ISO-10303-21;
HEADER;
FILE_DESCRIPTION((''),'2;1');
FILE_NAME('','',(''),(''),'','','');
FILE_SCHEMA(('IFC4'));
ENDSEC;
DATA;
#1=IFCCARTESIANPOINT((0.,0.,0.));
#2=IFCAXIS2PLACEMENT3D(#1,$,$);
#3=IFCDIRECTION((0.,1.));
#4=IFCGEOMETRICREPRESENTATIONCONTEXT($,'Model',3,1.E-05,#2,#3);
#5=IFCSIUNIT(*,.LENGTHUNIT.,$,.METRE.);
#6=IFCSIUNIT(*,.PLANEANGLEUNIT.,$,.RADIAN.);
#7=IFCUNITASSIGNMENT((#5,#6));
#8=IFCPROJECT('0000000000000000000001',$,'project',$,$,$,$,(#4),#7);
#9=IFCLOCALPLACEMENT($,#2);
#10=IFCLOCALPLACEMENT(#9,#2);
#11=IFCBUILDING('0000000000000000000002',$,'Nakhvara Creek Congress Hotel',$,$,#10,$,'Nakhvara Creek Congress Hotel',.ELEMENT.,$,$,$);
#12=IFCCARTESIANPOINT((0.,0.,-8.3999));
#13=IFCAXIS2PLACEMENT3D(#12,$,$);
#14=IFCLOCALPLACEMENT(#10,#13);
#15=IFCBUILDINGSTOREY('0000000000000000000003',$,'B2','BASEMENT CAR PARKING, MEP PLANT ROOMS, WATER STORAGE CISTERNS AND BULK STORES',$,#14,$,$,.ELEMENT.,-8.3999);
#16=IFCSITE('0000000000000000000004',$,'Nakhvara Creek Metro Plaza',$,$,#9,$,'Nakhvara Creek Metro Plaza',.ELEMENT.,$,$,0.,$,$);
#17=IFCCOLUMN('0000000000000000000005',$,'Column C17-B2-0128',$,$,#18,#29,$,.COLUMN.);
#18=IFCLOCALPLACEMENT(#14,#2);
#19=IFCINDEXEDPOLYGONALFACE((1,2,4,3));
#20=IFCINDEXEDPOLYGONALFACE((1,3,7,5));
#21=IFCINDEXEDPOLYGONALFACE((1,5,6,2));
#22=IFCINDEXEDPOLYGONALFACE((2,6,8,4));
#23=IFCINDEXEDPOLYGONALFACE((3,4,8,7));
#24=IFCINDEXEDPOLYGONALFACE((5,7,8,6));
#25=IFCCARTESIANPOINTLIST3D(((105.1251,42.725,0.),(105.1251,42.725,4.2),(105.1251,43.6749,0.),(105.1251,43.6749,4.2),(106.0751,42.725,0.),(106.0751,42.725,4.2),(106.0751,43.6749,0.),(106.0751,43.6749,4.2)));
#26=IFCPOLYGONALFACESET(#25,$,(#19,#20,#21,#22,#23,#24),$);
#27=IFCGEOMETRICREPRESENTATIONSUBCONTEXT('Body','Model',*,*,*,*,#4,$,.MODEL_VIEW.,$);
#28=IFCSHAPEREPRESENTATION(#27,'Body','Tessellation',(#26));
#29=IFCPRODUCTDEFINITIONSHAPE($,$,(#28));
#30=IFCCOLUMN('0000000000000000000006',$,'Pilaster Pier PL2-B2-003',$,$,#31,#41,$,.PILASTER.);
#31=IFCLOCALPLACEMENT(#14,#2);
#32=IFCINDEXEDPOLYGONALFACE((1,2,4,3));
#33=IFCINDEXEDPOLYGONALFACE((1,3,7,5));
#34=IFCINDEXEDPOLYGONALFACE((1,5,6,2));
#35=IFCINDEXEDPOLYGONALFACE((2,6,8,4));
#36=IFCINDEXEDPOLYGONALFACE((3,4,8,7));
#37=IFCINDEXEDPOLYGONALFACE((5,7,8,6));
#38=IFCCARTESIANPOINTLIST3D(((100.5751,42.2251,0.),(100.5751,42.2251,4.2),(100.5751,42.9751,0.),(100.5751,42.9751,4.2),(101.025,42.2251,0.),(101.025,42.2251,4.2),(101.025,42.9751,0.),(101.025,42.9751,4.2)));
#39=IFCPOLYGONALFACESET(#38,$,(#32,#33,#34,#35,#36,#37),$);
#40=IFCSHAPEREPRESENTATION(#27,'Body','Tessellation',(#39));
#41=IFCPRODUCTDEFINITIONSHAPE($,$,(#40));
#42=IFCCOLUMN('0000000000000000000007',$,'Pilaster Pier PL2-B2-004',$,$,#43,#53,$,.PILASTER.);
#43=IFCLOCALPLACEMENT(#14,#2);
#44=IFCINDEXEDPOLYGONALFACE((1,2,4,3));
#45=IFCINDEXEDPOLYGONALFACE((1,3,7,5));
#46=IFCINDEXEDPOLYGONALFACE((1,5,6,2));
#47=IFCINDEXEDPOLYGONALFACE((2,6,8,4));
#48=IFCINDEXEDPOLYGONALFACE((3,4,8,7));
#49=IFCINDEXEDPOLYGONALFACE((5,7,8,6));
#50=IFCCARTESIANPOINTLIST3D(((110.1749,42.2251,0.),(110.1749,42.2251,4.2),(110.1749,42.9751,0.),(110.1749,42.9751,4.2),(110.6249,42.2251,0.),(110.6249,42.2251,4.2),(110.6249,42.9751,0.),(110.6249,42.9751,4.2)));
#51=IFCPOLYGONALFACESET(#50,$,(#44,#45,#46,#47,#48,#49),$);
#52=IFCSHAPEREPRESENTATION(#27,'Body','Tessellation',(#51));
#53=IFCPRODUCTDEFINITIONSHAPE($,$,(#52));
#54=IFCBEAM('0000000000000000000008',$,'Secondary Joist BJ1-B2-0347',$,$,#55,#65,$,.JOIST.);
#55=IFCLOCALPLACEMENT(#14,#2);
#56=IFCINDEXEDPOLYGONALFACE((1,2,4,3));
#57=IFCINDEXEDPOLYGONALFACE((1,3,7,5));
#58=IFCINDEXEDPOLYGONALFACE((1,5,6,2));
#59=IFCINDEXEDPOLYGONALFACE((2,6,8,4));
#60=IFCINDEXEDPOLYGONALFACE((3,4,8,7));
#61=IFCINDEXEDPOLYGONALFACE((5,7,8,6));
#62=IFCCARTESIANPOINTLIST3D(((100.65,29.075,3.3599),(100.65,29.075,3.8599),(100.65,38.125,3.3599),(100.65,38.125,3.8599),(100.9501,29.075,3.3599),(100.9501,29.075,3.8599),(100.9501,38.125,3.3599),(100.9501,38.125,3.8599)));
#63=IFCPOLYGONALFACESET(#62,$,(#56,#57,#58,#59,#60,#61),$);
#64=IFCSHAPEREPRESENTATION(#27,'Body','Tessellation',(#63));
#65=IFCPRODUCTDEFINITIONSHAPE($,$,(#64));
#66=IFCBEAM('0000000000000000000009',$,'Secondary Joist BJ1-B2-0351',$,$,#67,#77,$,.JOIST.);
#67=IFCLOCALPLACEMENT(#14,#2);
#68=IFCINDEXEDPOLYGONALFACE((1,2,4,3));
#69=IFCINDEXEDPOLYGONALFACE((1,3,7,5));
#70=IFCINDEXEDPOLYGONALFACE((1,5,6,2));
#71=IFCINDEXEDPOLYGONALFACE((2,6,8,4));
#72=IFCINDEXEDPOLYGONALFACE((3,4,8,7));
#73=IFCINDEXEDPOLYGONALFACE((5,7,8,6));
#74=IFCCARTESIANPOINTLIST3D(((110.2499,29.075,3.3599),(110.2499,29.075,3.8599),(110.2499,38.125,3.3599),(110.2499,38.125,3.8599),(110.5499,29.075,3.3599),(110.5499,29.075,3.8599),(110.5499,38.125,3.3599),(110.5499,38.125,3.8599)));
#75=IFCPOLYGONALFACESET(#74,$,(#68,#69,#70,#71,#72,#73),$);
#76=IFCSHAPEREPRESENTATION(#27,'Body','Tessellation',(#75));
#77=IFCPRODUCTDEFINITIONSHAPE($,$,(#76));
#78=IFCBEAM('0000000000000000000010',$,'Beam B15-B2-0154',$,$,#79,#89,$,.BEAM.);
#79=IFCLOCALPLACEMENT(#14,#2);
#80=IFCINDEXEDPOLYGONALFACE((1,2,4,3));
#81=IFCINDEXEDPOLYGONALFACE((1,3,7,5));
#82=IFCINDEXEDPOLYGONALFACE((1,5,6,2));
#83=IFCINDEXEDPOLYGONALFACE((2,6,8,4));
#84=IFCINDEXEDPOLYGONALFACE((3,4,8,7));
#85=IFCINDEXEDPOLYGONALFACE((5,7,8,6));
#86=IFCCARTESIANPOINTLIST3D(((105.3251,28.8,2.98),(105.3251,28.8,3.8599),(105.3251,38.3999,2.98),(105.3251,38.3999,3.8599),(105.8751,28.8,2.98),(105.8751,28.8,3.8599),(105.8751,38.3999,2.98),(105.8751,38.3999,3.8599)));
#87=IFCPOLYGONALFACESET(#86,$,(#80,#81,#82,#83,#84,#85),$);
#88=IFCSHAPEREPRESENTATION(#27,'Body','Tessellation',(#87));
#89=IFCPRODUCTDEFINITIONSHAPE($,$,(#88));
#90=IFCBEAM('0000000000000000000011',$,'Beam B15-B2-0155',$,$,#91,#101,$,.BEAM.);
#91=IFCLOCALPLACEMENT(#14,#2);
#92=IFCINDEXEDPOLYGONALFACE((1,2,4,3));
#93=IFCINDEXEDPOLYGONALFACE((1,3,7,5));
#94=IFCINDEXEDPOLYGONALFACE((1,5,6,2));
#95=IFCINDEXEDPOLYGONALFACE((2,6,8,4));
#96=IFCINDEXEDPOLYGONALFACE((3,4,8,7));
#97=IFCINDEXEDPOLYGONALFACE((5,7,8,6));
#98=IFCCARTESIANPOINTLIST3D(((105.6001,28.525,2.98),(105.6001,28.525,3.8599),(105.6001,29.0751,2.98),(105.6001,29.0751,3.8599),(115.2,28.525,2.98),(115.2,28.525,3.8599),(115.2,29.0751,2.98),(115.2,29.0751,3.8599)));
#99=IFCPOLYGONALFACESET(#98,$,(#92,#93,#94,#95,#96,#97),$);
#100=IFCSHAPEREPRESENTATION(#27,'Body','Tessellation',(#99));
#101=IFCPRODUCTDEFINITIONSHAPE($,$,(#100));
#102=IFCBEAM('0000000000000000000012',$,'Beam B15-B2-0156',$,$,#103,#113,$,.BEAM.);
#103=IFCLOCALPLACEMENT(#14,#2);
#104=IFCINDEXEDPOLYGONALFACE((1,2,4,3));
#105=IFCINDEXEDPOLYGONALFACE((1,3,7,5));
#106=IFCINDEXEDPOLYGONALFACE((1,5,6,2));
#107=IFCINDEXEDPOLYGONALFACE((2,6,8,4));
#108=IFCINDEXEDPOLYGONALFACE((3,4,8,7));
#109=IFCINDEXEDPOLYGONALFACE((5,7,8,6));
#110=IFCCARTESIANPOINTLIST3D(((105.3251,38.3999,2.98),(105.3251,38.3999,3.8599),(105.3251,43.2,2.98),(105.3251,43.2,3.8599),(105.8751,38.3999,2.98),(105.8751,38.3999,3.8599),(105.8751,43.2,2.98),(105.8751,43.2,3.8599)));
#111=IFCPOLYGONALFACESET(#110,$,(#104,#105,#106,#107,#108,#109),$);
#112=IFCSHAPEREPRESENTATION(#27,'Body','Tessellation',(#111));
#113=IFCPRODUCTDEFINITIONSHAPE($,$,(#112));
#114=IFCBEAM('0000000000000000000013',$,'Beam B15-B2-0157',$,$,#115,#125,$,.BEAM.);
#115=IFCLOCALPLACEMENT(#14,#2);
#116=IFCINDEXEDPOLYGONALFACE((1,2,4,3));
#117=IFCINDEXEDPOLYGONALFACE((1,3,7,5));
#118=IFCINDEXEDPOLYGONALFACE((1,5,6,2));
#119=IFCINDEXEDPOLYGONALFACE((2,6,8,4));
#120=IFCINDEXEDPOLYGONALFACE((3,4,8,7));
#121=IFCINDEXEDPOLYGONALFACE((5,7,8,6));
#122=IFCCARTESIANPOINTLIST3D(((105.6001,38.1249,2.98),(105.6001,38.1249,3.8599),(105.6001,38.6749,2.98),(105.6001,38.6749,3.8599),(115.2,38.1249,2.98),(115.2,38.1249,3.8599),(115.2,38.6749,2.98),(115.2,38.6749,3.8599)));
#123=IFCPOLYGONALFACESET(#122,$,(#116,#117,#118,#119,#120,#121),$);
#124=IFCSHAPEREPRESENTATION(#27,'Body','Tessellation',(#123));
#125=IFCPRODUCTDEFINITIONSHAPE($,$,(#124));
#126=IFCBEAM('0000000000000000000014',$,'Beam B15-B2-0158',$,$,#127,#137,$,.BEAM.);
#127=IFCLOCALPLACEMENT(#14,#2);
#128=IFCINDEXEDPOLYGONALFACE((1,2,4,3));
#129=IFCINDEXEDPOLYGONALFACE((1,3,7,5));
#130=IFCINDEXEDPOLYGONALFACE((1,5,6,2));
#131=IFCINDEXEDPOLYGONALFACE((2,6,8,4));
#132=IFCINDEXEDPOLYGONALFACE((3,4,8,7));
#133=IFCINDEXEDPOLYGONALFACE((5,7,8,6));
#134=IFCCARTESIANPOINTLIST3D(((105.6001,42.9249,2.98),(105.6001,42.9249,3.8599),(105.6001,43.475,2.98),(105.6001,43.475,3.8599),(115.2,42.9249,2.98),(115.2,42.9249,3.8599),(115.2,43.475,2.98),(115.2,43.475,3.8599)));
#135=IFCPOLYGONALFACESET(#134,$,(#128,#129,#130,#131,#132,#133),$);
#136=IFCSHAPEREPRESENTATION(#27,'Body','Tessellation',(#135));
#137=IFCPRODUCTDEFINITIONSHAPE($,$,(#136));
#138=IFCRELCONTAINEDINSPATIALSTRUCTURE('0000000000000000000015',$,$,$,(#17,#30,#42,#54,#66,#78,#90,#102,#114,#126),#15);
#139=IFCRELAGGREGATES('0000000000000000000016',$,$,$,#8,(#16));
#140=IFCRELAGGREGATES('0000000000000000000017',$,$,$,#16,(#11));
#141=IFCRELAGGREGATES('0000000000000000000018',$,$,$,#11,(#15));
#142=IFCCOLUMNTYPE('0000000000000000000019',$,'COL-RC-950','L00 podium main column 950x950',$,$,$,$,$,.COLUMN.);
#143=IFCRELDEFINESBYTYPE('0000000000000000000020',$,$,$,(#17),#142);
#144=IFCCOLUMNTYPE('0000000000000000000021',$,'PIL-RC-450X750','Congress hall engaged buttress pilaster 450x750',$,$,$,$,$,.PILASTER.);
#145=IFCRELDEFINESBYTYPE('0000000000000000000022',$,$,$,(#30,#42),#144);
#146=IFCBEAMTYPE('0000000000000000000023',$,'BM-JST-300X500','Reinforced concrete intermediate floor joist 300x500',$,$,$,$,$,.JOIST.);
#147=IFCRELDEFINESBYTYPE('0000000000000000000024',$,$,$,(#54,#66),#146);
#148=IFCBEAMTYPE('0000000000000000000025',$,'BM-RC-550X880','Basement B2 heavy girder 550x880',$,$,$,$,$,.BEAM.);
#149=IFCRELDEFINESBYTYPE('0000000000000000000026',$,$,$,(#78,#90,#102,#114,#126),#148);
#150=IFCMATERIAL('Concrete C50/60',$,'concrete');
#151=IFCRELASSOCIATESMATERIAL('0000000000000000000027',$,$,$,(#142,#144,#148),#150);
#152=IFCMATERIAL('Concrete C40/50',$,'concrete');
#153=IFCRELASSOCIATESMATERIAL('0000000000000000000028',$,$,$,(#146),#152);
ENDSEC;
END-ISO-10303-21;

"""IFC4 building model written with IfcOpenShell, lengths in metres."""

from ifc_helpers import new_model, si_unit, direction, frame, origin, origin_2d, place, context, subcontext, project, spatial, rectangle, extrude, material, material_profile, profile_set, type_object, element, save


model = new_model("IFC4")

# Units and contexts
model_context = context("Model", 3, precision=1e-05, world=origin(), true_north=direction((0.0, 1.0)))
body_context = subcontext(model_context, "Body", "Model", "MODEL_VIEW")
ifc_project = project(units=[si_unit("LENGTHUNIT", "METRE"), si_unit("PLANEANGLEUNIT", "RADIAN")], contexts=[model_context])

# Site, building, storey
site_placement = place(None, origin())
site = spatial("IfcSite", under=ifc_project, at=site_placement, Name="Nakhvara Creek Metro Plaza", LongName="Nakhvara Creek Metro Plaza", CompositionType="ELEMENT", RefElevation=0.0)
building_placement = place(site_placement, origin())
building = spatial("IfcBuilding", under=site, at=building_placement, Name="Nakhvara Creek Congress Hotel", LongName="Nakhvara Creek Congress Hotel", CompositionType="ELEMENT")
storey_placement = place(building_placement, frame((0.0, 0.0, -8.3999)))
storey = spatial("IfcBuildingStorey", under=building, at=storey_placement, Name="B2", Description="BASEMENT CAR PARKING, MEP PLANT ROOMS, WATER STORAGE CISTERNS AND BULK STORES", CompositionType="ELEMENT", Elevation=-8.3999)

# Shared definitions
ifc_material_1 = material(Name="Concrete C40/50", Category="concrete")

# Columns
ifc_material_2 = material(Name="Concrete C50/60", Category="concrete")
ifc_material_profile_1 = material_profile(ifc_material_2, rectangle(XDim=0.95, YDim=0.95, at=origin_2d()), Name="RC-COL 950x950", Category="LoadBearing")
ifc_profile_set_1 = profile_set([ifc_material_profile_1], Name="Concrete C50/60")
column_type_1 = type_object("IfcColumnType", Name="COL-RC-950", Description="L00 podium main column 950x950", PredefinedType="COLUMN", material=ifc_profile_set_1)
for number, where, z_axis, x_axis, name in (
    (1, (105.6001, 43.2, 0.0), (0.0, 0.0, 1.0), (1.0, 0.0, 0.0), "Column C17-B2-0128"),
):
    element("IfcColumn", number, at=place(storey_placement, frame(where, z_axis=z_axis, x_axis=x_axis)), inside=storey, type_object=column_type_1, Name=name, PredefinedType="COLUMN", context=body_context, shape_type="SweptSolid", body=[
        extrude(rectangle(XDim=0.95, YDim=0.95, at=origin_2d()), origin(), (0.0, 0.0, 1.0), 4.2),
    ])
ifc_material_profile_2 = material_profile(ifc_material_2, rectangle(XDim=0.45, YDim=0.75, at=origin_2d()), Name="RC-PIL 450x750", Category="LoadBearing")
ifc_profile_set_2 = profile_set([ifc_material_profile_2], Name="Concrete C50/60")
column_type_2 = type_object("IfcColumnType", Name="PIL-RC-450X750", Description="Congress hall engaged buttress pilaster 450x750", PredefinedType="PILASTER", material=ifc_profile_set_2)
for number, where, z_axis, x_axis, name in (
    (2, (100.8, 42.6001, 0.0), (0.0, 0.0, 1.0), (1.0, 0.0, 0.0), "Pilaster Pier PL2-B2-003"),
    (3, (110.3999, 42.6001, 0.0), (0.0, 0.0, 1.0), (1.0, 0.0, 0.0), "Pilaster Pier PL2-B2-004"),
):
    element("IfcColumn", number, at=place(storey_placement, frame(where, z_axis=z_axis, x_axis=x_axis)), inside=storey, type_object=column_type_2, Name=name, PredefinedType="PILASTER", context=body_context, shape_type="SweptSolid", body=[
        extrude(rectangle(XDim=0.45, YDim=0.75, at=origin_2d()), origin(), (0.0, 0.0, 1.0), 4.2),
    ])

# Beams
ifc_material_profile_3 = material_profile(ifc_material_1, rectangle(XDim=0.3, YDim=0.5, at=origin_2d()), Name="RC-BM 300x500", Category="LoadBearing")
ifc_profile_set_3 = profile_set([ifc_material_profile_3], Name="Concrete C40/50")
beam_type_1 = type_object("IfcBeamType", Name="BM-JST-300X500", Description="Reinforced concrete intermediate floor joist 300x500", PredefinedType="JOIST", material=ifc_profile_set_3)
for number, where, z_axis, x_axis, name in (
    (4, (100.8, 29.075, 3.6099), (0.0, 1.0, 0.0), (-1.0, 0.0, 0.0), "Secondary Joist BJ1-B2-0347"),
    (5, (110.3999, 29.075, 3.6099), (0.0, 1.0, 0.0), (-1.0, 0.0, 0.0), "Secondary Joist BJ1-B2-0351"),
):
    element("IfcBeam", number, at=place(storey_placement, frame(where, z_axis=z_axis, x_axis=x_axis)), inside=storey, type_object=beam_type_1, Name=name, PredefinedType="JOIST", context=body_context, shape_type="SweptSolid", body=[
        extrude(rectangle(XDim=0.3, YDim=0.5, at=origin_2d()), origin(), (0.0, 0.0, 1.0), 9.05),
    ])
ifc_material_profile_4 = material_profile(ifc_material_2, rectangle(XDim=0.55, YDim=0.8799, at=origin_2d()), Name="RC-BM 550x880", Category="LoadBearing")
ifc_profile_set_4 = profile_set([ifc_material_profile_4], Name="Concrete C50/60")
beam_type_2 = type_object("IfcBeamType", Name="BM-RC-550X880", Description="Basement B2 heavy girder 550x880", PredefinedType="BEAM", material=ifc_profile_set_4)
for number, where, z_axis, x_axis, name in (
    (6, (105.6001, 28.8, 3.4199), (0.0, 1.0, 0.0), (-1.0, 0.0, 0.0), "Beam B15-B2-0154"),
    (7, (105.6001, 28.8, 3.4199), (1.0, 0.0, 0.0), (0.0, 1.0, 0.0), "Beam B15-B2-0155"),
):
    element("IfcBeam", number, at=place(storey_placement, frame(where, z_axis=z_axis, x_axis=x_axis)), inside=storey, type_object=beam_type_2, Name=name, PredefinedType="BEAM", context=body_context, shape_type="SweptSolid", body=[
        extrude(rectangle(XDim=0.55, YDim=0.8799, at=origin_2d()), origin(), (0.0, 0.0, 1.0), 9.5999),
    ])
beam_placement = place(storey_placement, frame((105.6001, 38.3999, 3.4199), z_axis=(0.0, 1.0, 0.0), x_axis=(-1.0, 0.0, 0.0)))
element("IfcBeam", 8, at=beam_placement, inside=storey, type_object=beam_type_2, Name="Beam B15-B2-0156", PredefinedType="BEAM", context=body_context, shape_type="SweptSolid", body=[
    extrude(rectangle(XDim=0.55, YDim=0.8799, at=origin_2d()), origin(), (0.0, 0.0, 1.0), 4.8),
])
for number, where, z_axis, x_axis, name in (
    (9, (105.6001, 38.3999, 3.4199), (1.0, 0.0, 0.0), (0.0, 1.0, 0.0), "Beam B15-B2-0157"),
    (10, (105.6001, 43.2, 3.4199), (1.0, 0.0, 0.0), (0.0, 1.0, 0.0), "Beam B15-B2-0158"),
):
    element("IfcBeam", number, at=place(storey_placement, frame(where, z_axis=z_axis, x_axis=x_axis)), inside=storey, type_object=beam_type_2, Name=name, PredefinedType="BEAM", context=body_context, shape_type="SweptSolid", body=[
        extrude(rectangle(XDim=0.55, YDim=0.8799, at=origin_2d()), origin(), (0.0, 0.0, 1.0), 9.5999),
    ])

save(model, "model.ifc")
